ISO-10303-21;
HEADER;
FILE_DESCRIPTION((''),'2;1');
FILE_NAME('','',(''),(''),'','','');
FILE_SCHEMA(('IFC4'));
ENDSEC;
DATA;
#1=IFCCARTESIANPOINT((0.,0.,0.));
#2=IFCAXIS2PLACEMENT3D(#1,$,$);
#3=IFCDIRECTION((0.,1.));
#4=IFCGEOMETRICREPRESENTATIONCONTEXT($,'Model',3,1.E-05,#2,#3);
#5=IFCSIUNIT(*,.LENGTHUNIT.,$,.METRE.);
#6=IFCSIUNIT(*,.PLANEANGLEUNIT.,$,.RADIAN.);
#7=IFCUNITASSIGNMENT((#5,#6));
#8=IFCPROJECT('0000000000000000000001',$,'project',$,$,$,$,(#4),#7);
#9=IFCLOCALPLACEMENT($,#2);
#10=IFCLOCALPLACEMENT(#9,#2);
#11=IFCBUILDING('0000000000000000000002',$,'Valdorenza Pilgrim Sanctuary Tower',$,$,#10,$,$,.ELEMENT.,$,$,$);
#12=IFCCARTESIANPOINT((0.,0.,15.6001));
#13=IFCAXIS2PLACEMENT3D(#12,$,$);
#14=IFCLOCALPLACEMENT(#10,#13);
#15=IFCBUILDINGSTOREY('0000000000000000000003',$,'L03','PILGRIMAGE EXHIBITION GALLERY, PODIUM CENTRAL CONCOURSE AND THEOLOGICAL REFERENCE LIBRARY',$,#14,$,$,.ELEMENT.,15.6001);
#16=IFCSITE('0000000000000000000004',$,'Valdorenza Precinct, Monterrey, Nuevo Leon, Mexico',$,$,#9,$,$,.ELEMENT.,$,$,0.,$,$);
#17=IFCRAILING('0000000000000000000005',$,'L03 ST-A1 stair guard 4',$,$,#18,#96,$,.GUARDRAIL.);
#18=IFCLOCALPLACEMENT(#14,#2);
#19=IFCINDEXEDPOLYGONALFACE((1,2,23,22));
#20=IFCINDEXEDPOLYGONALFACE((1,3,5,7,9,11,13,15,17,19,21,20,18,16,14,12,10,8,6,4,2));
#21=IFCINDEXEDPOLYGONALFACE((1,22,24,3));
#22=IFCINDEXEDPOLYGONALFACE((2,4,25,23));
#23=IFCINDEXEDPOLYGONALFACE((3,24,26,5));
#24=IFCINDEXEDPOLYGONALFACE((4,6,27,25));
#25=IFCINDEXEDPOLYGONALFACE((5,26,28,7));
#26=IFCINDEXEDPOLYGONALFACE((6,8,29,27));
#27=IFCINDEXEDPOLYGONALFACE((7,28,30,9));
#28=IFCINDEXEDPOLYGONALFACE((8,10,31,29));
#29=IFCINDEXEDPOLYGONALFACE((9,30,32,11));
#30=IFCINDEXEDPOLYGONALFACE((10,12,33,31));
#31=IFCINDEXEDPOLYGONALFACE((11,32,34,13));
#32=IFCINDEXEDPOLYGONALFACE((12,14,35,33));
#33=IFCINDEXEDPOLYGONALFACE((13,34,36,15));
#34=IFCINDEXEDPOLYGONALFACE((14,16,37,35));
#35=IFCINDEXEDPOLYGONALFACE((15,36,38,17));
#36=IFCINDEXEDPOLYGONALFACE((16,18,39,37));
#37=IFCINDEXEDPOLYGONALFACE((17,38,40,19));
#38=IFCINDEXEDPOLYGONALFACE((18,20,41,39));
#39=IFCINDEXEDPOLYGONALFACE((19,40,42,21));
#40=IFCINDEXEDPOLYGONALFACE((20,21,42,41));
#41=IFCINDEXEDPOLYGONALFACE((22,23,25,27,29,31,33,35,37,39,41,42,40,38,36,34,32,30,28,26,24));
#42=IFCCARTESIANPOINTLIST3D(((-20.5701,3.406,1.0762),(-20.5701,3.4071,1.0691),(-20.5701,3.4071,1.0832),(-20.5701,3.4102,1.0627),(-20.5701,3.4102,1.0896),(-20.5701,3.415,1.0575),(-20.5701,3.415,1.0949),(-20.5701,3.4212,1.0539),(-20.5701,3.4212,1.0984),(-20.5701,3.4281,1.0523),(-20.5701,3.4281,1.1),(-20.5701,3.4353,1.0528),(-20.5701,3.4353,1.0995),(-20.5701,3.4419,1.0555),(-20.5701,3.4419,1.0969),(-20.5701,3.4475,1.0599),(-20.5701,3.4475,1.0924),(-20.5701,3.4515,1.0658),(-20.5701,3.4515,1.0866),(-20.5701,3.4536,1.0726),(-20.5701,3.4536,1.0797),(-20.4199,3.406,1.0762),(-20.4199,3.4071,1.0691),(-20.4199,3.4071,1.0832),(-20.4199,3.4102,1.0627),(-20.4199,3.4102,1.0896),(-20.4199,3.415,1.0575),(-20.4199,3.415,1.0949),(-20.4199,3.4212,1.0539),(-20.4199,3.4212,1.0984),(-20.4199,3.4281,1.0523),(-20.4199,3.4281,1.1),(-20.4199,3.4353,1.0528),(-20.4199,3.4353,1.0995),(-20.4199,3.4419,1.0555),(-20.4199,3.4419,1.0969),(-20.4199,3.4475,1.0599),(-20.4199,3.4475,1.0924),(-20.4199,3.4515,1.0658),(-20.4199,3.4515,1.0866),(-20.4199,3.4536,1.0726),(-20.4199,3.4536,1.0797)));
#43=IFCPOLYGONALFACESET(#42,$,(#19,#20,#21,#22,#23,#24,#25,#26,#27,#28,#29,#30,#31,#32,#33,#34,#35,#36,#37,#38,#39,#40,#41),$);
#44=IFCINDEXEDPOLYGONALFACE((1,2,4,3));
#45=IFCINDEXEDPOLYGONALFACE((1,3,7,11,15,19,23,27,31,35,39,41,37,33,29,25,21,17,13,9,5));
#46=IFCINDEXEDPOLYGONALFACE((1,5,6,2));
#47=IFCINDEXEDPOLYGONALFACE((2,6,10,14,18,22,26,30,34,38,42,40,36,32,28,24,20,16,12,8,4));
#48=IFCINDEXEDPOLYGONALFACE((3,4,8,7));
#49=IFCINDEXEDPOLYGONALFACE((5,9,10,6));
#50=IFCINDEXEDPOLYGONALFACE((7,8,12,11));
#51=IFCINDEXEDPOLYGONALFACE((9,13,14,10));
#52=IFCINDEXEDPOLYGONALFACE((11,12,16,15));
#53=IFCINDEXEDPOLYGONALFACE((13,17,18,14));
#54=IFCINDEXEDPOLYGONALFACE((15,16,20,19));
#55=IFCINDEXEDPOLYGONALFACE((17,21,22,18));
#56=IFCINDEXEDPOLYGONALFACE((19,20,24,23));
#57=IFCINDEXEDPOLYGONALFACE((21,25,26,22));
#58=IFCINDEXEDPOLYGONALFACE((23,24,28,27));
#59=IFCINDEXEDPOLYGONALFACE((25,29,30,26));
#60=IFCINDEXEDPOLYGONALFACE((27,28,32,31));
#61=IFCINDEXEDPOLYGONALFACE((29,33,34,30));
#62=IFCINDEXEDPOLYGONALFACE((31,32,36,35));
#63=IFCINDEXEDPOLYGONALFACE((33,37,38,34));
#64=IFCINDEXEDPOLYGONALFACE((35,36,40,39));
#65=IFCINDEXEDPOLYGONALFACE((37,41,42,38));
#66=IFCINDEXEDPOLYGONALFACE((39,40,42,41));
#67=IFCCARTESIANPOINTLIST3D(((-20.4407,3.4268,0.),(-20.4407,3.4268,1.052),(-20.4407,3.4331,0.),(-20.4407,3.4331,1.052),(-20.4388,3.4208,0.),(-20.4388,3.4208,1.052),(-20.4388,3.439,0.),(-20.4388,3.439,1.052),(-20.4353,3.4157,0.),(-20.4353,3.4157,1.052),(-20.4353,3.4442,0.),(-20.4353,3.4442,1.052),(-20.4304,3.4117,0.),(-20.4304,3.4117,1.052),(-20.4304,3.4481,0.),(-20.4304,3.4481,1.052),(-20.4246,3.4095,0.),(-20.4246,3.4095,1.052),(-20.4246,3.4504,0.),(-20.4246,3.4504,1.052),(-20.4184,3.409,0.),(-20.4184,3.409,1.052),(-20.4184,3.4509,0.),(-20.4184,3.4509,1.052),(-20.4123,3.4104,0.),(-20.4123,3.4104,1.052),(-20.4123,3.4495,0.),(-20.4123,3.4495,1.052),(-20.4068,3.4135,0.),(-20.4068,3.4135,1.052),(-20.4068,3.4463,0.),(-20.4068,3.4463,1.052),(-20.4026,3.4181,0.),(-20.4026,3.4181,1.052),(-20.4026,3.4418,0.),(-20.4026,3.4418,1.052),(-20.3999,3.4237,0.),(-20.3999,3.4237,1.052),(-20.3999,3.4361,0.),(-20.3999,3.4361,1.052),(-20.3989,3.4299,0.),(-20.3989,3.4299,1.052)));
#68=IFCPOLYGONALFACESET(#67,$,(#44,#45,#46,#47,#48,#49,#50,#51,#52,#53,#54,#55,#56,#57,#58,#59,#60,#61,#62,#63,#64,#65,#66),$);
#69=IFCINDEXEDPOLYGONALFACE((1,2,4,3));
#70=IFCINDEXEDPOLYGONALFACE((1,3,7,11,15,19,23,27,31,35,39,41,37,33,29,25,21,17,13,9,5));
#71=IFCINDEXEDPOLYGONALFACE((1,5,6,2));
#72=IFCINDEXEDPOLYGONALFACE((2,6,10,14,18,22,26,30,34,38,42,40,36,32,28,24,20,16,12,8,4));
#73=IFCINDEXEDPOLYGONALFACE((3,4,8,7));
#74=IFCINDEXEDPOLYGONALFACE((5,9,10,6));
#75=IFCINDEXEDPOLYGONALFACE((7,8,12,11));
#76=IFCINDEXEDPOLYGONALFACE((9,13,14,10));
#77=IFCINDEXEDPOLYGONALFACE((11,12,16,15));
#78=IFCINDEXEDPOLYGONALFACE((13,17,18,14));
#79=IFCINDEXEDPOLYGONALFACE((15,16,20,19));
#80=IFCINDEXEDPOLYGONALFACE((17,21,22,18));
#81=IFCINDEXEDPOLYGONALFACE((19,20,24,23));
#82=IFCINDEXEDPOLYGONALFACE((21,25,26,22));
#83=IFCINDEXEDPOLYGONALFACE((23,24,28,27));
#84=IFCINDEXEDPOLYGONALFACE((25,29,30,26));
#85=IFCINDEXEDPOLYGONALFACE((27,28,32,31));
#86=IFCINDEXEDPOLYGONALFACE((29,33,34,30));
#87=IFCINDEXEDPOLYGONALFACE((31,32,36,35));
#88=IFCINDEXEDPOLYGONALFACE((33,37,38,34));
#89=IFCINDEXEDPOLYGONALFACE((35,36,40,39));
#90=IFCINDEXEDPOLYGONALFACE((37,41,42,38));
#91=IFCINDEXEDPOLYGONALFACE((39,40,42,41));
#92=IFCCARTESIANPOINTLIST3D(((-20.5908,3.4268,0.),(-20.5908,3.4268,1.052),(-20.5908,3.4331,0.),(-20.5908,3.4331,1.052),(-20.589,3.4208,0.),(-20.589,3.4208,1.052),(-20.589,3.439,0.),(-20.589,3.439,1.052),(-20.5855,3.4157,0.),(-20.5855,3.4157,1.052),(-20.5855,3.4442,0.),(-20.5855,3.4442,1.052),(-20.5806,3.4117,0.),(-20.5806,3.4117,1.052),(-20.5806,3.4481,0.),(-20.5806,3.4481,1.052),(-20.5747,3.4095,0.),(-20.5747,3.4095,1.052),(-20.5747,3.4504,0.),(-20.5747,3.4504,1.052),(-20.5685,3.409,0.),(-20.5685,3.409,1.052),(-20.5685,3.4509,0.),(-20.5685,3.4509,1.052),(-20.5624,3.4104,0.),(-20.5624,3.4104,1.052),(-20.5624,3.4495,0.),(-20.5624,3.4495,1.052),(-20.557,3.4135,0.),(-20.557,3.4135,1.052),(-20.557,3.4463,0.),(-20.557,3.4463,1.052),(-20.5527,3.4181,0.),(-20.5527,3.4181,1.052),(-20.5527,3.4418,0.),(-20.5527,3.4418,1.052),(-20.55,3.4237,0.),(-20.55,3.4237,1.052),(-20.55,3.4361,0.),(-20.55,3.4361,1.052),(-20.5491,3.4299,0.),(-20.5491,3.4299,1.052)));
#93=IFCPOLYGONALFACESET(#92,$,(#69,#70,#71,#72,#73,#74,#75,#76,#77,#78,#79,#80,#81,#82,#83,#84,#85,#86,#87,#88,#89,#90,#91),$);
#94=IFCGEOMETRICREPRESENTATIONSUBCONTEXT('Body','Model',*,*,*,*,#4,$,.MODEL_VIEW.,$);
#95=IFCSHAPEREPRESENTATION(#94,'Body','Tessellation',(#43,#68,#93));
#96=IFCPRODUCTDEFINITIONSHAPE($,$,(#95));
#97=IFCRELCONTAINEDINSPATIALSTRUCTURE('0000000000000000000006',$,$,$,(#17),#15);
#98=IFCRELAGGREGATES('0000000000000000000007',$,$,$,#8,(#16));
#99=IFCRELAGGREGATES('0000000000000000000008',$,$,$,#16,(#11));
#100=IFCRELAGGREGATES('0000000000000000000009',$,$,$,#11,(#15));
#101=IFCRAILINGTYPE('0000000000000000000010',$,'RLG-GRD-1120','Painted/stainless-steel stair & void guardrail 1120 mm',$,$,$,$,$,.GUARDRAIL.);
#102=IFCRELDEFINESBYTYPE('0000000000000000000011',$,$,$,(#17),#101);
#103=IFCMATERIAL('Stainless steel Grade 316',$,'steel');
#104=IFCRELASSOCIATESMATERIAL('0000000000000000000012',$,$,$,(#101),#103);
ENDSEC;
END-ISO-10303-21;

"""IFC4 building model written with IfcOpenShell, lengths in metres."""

from ifc_helpers import new_model, si_unit, direction, frame, origin, origin_2d, place, context, subcontext, project, spatial, circle, extrude, material, type_object, element, save


model = new_model("IFC4")

# Units and contexts
model_context = context("Model", 3, precision=1e-05, world=origin(), true_north=direction((0.0, 1.0)))
body_context = subcontext(model_context, "Body", "Model", "MODEL_VIEW")
ifc_project = project(units=[si_unit("LENGTHUNIT", "METRE"), si_unit("PLANEANGLEUNIT", "RADIAN")], contexts=[model_context])

# Site, building, storey
site_placement = place(None, origin())
site = spatial("IfcSite", under=ifc_project, at=site_placement, Name="Valdorenza Precinct, Monterrey, Nuevo Leon, Mexico", CompositionType="ELEMENT", RefElevation=0.0)
building_placement = place(site_placement, origin())
building = spatial("IfcBuilding", under=site, at=building_placement, Name="Valdorenza Pilgrim Sanctuary Tower", CompositionType="ELEMENT")
storey_placement = place(building_placement, frame((0.0, 0.0, 15.6001)))
storey = spatial("IfcBuildingStorey", under=building, at=storey_placement, Name="L03", Description="PILGRIMAGE EXHIBITION GALLERY, PODIUM CENTRAL CONCOURSE AND THEOLOGICAL REFERENCE LIBRARY", CompositionType="ELEMENT", Elevation=15.6001)

# Railing
ifc_material_1 = material(Name="Stainless steel Grade 316", Category="steel")
railing_type_1 = type_object("IfcRailingType", Name="RLG-GRD-1120", Description="Painted/stainless-steel stair & void guardrail 1120 mm", PredefinedType="GUARDRAIL", material=ifc_material_1)
railing_1_placement = place(storey_placement, frame((-20.4199, 3.4299, 0.0)))
element("IfcRailing", 1, at=railing_1_placement, inside=storey, type_object=railing_type_1, Name="L03 ST-A1 stair guard 4", PredefinedType="GUARDRAIL", context=body_context, shape_type="SweptSolid", body=[
    extrude(circle(Radius=0.0239, at=origin_2d()), frame((0.0, 0.0, 1.0762), z_axis=(-1.0, 0.0, 0.0), x_axis=(0.0, -1.0, 0.0)), (0.0, 0.0, 1.0), 0.1501),
    extrude(circle(Radius=0.021, at=origin_2d()), origin(), (0.0, 0.0, 1.0), 1.052),
    extrude(circle(Radius=0.021, at=origin_2d()), frame((-0.1501, 0.0, 0.0)), (0.0, 0.0, 1.0), 1.052),
])

save(model, "model.ifc")
